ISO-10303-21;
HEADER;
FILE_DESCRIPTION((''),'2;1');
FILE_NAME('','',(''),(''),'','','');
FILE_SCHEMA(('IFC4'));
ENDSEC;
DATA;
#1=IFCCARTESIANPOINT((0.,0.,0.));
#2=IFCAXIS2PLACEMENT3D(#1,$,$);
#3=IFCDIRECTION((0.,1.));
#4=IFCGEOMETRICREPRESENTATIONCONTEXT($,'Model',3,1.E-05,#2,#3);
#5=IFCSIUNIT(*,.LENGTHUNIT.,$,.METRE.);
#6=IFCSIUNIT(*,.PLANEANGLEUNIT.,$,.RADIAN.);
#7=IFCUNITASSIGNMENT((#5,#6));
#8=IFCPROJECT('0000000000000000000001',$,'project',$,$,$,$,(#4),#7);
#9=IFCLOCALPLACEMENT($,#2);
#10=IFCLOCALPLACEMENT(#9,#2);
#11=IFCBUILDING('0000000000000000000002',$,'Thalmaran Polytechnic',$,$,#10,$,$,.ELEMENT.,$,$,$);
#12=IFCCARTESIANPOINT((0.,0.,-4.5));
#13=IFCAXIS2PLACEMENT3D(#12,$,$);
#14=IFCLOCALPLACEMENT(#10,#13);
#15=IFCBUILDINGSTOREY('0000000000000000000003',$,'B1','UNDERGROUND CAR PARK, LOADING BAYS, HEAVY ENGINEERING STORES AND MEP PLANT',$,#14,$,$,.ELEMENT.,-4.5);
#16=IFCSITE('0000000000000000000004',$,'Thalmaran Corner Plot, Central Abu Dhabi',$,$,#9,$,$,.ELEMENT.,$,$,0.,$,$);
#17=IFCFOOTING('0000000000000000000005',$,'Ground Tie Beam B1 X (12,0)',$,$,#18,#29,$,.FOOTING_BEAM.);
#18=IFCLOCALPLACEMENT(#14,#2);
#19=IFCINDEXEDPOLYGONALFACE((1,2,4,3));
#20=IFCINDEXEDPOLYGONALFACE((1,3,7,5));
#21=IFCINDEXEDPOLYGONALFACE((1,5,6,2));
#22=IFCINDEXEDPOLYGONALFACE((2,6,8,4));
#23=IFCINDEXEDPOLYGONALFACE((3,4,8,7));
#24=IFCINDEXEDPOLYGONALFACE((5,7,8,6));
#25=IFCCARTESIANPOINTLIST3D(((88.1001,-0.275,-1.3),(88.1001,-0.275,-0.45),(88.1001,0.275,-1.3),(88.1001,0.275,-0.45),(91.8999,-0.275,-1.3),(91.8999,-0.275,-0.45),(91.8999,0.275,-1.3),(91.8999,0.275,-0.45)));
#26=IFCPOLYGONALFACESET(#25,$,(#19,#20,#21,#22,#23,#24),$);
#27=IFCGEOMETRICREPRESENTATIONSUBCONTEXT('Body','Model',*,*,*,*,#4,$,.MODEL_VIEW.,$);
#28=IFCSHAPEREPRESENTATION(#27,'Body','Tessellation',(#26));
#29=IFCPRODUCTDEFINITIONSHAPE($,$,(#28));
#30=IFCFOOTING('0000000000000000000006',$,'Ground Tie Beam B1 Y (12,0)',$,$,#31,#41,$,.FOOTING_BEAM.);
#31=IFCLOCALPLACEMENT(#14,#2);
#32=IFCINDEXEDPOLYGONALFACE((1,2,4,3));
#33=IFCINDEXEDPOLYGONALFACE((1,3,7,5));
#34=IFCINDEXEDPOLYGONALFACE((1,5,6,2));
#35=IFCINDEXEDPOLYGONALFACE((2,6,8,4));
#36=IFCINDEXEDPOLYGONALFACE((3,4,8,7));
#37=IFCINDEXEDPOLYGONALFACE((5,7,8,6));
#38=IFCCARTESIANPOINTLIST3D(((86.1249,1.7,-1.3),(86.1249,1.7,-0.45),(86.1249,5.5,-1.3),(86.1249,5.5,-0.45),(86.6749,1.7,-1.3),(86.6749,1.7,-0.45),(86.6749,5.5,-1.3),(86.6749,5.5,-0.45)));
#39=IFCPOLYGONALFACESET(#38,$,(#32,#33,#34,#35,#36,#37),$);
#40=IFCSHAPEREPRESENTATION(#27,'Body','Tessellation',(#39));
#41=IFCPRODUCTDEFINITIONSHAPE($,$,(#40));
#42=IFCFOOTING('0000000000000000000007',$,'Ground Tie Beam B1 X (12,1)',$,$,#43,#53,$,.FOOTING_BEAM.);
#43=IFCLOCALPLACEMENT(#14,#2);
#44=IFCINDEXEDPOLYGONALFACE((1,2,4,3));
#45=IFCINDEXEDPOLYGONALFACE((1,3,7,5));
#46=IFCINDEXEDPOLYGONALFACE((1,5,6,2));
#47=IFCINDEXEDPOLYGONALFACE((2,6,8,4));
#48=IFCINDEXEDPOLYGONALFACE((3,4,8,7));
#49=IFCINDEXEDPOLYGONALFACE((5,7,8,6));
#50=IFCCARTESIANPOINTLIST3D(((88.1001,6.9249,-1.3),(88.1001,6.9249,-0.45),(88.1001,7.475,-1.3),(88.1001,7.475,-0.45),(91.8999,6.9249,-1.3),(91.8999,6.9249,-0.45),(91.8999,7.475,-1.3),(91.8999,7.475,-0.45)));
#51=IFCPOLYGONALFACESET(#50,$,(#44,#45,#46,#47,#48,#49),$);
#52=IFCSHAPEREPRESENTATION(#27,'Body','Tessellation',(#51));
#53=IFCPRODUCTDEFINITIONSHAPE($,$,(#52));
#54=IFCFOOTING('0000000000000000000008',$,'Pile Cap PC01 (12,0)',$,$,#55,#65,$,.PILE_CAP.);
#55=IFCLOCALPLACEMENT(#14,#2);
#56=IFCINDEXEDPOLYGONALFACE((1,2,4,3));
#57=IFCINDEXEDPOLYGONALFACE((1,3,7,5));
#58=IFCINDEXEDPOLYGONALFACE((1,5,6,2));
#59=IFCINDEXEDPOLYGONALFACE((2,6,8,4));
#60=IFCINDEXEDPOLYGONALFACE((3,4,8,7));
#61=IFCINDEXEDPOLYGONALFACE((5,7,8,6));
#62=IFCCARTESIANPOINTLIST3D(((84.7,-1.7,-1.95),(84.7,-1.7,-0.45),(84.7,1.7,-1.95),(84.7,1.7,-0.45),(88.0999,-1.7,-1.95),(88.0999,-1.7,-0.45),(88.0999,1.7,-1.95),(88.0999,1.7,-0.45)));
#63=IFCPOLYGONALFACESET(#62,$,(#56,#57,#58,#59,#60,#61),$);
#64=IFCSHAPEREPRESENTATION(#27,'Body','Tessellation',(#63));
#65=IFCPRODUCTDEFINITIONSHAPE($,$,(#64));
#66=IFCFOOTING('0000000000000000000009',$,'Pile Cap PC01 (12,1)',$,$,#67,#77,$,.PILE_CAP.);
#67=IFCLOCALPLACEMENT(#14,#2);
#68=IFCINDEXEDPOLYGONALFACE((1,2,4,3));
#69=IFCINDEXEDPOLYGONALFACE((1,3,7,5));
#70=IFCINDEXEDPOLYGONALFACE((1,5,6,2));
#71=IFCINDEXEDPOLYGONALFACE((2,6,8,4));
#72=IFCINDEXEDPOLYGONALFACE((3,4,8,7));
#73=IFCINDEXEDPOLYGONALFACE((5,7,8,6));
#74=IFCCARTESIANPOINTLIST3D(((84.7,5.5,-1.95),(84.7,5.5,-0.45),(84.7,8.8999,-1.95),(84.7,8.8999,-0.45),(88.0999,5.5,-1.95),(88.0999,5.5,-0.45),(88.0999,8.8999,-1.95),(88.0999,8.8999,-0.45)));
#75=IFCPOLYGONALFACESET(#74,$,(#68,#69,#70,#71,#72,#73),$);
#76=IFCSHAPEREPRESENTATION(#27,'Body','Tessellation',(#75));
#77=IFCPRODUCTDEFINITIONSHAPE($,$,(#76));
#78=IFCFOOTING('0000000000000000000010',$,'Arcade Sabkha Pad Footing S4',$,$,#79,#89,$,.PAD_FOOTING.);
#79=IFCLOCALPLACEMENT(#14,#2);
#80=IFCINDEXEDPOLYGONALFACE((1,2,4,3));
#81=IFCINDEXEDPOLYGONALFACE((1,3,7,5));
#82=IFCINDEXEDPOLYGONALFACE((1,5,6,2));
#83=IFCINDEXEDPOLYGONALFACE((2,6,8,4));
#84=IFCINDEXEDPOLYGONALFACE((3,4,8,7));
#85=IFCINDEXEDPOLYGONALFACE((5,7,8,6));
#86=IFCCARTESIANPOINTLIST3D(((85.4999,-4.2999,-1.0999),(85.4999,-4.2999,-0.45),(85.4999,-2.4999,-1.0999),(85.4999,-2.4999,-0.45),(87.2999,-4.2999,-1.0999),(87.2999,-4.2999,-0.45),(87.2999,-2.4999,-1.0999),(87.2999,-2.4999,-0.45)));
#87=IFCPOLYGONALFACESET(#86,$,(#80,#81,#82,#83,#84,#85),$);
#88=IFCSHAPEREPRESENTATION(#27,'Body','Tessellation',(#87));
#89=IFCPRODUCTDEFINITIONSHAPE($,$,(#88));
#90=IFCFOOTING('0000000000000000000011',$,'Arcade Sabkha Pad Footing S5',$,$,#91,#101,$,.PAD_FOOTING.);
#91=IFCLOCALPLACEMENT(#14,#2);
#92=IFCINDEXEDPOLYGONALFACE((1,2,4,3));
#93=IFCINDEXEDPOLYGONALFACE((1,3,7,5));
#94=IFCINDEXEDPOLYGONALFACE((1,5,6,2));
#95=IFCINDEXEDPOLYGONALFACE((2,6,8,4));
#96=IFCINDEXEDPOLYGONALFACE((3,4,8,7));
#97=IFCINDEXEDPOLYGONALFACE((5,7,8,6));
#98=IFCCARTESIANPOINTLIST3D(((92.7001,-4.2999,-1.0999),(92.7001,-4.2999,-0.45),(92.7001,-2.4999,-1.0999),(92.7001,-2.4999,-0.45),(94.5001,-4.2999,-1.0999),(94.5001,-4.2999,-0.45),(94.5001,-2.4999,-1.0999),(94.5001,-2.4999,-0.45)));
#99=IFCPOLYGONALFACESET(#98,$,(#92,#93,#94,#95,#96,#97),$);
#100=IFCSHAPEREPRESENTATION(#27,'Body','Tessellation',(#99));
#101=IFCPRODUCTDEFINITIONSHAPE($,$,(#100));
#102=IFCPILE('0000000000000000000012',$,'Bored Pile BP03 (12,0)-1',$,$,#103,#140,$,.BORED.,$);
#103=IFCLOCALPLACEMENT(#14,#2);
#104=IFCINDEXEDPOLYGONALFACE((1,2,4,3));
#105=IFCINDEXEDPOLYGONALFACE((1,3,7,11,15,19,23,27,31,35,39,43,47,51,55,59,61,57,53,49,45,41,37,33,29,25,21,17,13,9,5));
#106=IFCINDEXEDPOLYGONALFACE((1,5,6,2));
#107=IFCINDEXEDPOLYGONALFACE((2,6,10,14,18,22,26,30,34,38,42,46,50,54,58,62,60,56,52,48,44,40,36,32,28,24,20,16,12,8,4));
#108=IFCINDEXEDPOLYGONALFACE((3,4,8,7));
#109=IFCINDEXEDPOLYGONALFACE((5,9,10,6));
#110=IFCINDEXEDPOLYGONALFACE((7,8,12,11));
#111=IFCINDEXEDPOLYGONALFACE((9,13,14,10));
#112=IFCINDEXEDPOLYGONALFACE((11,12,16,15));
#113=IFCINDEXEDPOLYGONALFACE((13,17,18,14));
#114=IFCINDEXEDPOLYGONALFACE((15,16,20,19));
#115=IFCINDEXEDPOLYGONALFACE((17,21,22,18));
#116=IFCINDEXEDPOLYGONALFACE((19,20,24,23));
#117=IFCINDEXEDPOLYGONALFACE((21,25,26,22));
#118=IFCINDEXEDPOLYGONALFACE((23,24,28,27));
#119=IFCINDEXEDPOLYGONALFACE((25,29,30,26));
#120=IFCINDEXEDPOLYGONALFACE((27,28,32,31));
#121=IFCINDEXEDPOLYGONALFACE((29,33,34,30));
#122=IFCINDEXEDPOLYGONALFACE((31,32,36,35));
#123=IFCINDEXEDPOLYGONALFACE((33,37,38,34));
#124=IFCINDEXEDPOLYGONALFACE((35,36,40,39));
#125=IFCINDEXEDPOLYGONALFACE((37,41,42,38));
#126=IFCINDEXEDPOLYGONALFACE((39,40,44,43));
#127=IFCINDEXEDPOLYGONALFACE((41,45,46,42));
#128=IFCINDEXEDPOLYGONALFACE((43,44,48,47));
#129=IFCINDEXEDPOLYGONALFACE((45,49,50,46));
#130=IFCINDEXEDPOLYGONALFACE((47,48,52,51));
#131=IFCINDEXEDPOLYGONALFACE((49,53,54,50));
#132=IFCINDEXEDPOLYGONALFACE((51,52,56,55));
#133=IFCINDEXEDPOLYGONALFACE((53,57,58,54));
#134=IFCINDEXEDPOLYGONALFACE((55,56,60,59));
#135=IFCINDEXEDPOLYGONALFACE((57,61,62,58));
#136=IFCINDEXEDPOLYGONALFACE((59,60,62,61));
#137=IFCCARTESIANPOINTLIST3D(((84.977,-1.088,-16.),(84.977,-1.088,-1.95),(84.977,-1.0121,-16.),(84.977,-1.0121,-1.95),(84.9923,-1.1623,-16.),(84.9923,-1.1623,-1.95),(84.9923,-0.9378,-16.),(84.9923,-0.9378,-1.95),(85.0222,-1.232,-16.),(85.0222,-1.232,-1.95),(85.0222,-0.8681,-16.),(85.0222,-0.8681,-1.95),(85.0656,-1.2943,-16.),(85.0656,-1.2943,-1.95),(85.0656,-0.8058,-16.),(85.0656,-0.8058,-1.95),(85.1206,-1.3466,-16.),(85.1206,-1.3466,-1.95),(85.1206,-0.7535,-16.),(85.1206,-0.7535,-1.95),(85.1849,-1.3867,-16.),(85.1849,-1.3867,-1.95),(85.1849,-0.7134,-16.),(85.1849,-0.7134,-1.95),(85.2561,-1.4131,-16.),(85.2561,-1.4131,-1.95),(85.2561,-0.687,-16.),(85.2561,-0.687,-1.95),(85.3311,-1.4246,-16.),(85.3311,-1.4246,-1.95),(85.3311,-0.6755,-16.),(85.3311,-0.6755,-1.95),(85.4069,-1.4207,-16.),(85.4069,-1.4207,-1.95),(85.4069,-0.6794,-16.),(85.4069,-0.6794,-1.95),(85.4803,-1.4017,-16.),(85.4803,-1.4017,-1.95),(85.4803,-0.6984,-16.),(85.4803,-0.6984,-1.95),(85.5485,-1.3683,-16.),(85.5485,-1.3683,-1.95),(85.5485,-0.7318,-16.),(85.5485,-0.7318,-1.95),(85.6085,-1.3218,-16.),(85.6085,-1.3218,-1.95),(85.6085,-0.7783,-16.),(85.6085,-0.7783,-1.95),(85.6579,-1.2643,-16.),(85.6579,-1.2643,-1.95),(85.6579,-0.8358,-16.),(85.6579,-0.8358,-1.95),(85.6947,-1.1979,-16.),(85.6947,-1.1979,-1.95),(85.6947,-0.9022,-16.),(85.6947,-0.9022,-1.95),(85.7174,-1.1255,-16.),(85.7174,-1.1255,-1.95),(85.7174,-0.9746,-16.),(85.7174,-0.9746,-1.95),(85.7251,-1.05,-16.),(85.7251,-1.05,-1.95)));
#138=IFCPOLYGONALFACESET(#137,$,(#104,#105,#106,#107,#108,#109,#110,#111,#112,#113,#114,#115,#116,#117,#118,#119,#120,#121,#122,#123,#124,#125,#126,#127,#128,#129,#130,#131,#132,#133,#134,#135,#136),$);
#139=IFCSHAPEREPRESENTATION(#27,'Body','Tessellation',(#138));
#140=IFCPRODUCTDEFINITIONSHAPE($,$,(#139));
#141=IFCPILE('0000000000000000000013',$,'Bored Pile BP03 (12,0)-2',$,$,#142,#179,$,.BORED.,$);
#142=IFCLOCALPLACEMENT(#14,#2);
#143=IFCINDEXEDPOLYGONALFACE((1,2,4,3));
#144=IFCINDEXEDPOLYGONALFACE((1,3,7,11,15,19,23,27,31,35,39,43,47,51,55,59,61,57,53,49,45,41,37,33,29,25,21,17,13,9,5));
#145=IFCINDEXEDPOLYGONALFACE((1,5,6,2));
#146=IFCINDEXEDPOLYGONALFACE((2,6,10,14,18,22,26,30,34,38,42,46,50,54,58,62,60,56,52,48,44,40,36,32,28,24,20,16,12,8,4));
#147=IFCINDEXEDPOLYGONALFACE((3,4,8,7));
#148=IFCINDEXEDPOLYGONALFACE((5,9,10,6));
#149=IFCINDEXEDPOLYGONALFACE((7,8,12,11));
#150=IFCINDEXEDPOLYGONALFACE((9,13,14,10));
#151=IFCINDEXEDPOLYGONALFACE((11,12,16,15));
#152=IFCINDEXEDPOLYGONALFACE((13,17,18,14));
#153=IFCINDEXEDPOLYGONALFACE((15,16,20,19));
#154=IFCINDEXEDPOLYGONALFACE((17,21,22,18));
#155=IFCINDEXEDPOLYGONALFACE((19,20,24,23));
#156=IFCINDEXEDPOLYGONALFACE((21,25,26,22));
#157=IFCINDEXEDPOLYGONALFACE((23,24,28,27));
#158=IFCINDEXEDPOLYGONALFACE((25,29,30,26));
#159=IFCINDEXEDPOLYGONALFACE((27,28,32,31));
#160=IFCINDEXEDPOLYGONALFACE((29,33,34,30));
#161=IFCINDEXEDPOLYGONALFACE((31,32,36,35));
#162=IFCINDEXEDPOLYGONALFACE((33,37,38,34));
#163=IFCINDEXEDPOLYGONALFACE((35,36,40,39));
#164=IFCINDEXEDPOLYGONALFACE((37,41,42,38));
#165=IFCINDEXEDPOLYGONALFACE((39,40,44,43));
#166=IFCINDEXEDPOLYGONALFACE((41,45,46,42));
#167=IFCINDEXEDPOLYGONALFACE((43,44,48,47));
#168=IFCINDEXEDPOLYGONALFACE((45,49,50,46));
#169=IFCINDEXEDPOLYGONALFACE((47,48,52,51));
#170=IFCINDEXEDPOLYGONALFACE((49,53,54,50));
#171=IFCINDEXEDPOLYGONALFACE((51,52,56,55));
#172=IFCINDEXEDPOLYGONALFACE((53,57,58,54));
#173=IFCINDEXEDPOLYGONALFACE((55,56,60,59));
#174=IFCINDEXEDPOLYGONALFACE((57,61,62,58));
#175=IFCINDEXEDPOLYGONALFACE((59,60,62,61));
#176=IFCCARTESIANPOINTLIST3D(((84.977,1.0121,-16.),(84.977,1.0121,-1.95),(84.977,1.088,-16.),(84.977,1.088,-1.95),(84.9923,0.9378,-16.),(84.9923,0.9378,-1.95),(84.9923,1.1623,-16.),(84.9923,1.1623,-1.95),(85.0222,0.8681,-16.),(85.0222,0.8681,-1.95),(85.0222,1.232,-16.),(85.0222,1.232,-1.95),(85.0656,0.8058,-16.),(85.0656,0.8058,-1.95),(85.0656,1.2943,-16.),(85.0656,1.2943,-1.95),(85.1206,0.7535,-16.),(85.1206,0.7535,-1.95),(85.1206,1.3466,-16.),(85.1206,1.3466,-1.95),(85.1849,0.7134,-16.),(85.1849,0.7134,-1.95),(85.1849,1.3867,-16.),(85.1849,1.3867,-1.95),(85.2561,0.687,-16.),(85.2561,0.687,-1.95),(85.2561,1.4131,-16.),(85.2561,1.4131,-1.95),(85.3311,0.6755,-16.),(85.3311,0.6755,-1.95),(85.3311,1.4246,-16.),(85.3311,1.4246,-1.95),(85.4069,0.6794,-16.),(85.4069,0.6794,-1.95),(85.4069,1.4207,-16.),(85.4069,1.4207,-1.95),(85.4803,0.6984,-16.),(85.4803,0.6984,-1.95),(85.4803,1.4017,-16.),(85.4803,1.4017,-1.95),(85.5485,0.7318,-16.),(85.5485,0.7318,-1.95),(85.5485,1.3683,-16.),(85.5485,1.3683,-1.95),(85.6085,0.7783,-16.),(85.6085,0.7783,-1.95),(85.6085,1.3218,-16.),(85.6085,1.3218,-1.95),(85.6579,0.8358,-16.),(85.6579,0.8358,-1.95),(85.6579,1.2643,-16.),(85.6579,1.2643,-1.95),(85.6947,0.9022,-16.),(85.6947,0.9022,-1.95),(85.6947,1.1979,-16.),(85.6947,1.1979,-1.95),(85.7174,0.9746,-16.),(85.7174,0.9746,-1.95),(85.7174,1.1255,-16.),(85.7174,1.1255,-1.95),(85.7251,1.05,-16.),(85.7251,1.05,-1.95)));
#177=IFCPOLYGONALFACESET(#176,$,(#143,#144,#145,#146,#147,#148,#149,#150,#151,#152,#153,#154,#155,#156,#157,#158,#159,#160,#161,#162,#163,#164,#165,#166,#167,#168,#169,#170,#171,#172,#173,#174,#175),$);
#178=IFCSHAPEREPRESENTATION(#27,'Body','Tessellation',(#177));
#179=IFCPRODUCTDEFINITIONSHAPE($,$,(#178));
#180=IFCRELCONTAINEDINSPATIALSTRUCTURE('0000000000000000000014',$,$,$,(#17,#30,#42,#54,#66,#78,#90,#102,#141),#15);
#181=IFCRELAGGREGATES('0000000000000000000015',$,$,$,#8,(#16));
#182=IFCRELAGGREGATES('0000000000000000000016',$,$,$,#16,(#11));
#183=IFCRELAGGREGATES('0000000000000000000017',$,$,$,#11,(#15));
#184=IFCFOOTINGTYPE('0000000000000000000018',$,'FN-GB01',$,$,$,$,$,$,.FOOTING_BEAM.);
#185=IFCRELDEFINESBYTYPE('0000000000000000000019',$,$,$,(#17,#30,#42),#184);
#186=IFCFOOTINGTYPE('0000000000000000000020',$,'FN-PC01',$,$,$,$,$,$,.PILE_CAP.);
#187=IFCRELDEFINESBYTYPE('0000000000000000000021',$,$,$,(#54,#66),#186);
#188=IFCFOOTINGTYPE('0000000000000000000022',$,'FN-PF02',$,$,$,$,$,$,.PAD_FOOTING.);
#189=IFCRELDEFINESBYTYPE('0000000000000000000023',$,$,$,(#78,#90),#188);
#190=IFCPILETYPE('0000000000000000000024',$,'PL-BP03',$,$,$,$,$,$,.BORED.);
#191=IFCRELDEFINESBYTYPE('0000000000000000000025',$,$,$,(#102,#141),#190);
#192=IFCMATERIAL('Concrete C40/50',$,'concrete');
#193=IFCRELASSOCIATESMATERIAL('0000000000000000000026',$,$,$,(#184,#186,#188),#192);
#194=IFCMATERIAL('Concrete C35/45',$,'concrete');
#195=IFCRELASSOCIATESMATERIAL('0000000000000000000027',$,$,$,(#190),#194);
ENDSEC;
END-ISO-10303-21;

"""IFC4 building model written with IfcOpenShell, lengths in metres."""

from ifc_helpers import new_model, si_unit, direction, frame, origin, origin_2d, place, context, subcontext, project, spatial, rectangle, circle, extrude, material, material_profile, profile_set, type_object, element, save


model = new_model("IFC4")

# Units and contexts
model_context = context("Model", 3, precision=1e-05, world=origin(), true_north=direction((0.0, 1.0)))
body_context = subcontext(model_context, "Body", "Model", "MODEL_VIEW")
ifc_project = project(units=[si_unit("LENGTHUNIT", "METRE"), si_unit("PLANEANGLEUNIT", "RADIAN")], contexts=[model_context])

# Site, building, storey
site_placement = place(None, origin())
site = spatial("IfcSite", under=ifc_project, at=site_placement, Name="Thalmaran Corner Plot, Central Abu Dhabi", CompositionType="ELEMENT", RefElevation=0.0)
building_placement = place(site_placement, origin())
building = spatial("IfcBuilding", under=site, at=building_placement, Name="Thalmaran Polytechnic", CompositionType="ELEMENT")
storey_placement = place(building_placement, frame((0.0, 0.0, -4.5)))
storey = spatial("IfcBuildingStorey", under=building, at=storey_placement, Name="B1", Description="UNDERGROUND CAR PARK, LOADING BAYS, HEAVY ENGINEERING STORES AND MEP PLANT", CompositionType="ELEMENT", Elevation=-4.5)

# Footings
ifc_material_1 = material(Name="Concrete C40/50", Category="concrete")
ifc_material_profile_1 = material_profile(ifc_material_1, rectangle(XDim=0.55, YDim=0.8501, at=origin_2d()), Name="RC 550x850")
ifc_profile_set_1 = profile_set([ifc_material_profile_1], Name="Concrete C40/50")
footing_type_1 = type_object("IfcFootingType", Name="FN-GB01", PredefinedType="FOOTING_BEAM", material=ifc_profile_set_1)
footing_1_placement = place(storey_placement, frame((88.1001, 0.0, -0.875), z_axis=(1.0, 0.0, 0.0), x_axis=(0.0, 1.0, 0.0)))
element("IfcFooting", 1, at=footing_1_placement, inside=storey, type_object=footing_type_1, Name="Ground Tie Beam B1 X (12,0)", PredefinedType="FOOTING_BEAM", context=body_context, shape_type="SweptSolid", body=[
    extrude(rectangle(XDim=0.55, YDim=0.8501, at=origin_2d()), origin(), (0.0, 0.0, 1.0), 3.7998),
])
footing_2_placement = place(storey_placement, frame((86.3999, 1.7, -0.875), z_axis=(0.0, 1.0, 0.0), x_axis=(-1.0, 0.0, 0.0)))
element("IfcFooting", 2, at=footing_2_placement, inside=storey, type_object=footing_type_1, Name="Ground Tie Beam B1 Y (12,0)", PredefinedType="FOOTING_BEAM", context=body_context, shape_type="SweptSolid", body=[
    extrude(rectangle(XDim=0.55, YDim=0.8501, at=origin_2d()), origin(), (0.0, 0.0, 1.0), 3.8),
])
footing_3_placement = place(storey_placement, frame((88.1001, 7.2, -0.875), z_axis=(1.0, 0.0, 0.0), x_axis=(0.0, 1.0, 0.0)))
element("IfcFooting", 3, at=footing_3_placement, inside=storey, type_object=footing_type_1, Name="Ground Tie Beam B1 X (12,1)", PredefinedType="FOOTING_BEAM", context=body_context, shape_type="SweptSolid", body=[
    extrude(rectangle(XDim=0.55, YDim=0.8501, at=origin_2d()), origin(), (0.0, 0.0, 1.0), 3.7998),
])
footing_type_2 = type_object("IfcFootingType", Name="FN-PC01", PredefinedType="PILE_CAP", material=ifc_material_1)
for number, where, z_axis, x_axis, name in (
    (4, (86.3999, 0.0, -1.95), (0.0, 0.0, 1.0), (1.0, 0.0, 0.0), "Pile Cap PC01 (12,0)"),
    (5, (86.3999, 7.2, -1.95), (0.0, 0.0, 1.0), (1.0, 0.0, 0.0), "Pile Cap PC01 (12,1)"),
):
    element("IfcFooting", number, at=place(storey_placement, frame(where, z_axis=z_axis, x_axis=x_axis)), inside=storey, type_object=footing_type_2, Name=name, PredefinedType="PILE_CAP", context=body_context, shape_type="SweptSolid", body=[
        extrude(rectangle(XDim=3.3999, YDim=3.3999, at=origin_2d()), origin(), (0.0, 0.0, 1.0), 1.5),
    ])
footing_type_3 = type_object("IfcFootingType", Name="FN-PF02", PredefinedType="PAD_FOOTING", material=ifc_material_1)
for number, where, z_axis, x_axis, name in (
    (6, (86.3999, -3.3999, -1.0999), (0.0, 0.0, 1.0), (1.0, 0.0, 0.0), "Arcade Sabkha Pad Footing S4"),
    (7, (93.6001, -3.3999, -1.0999), (0.0, 0.0, 1.0), (1.0, 0.0, 0.0), "Arcade Sabkha Pad Footing S5"),
):
    element("IfcFooting", number, at=place(storey_placement, frame(where, z_axis=z_axis, x_axis=x_axis)), inside=storey, type_object=footing_type_3, Name=name, PredefinedType="PAD_FOOTING", context=body_context, shape_type="SweptSolid", body=[
        extrude(rectangle(XDim=1.8, YDim=1.8, at=origin_2d()), origin(), (0.0, 0.0, 1.0), 0.6499),
    ])

# Piles
ifc_material_2 = material(Name="Concrete C35/45", Category="concrete")
ifc_material_profile_2 = material_profile(ifc_material_2, circle(Radius=0.375, at=origin_2d()), Name="RC 750 DIA")
ifc_profile_set_2 = profile_set([ifc_material_profile_2], Name="Concrete C35/45")
pile_type = type_object("IfcPileType", Name="PL-BP03", PredefinedType="BORED", material=ifc_profile_set_2)
for number, where, z_axis, x_axis, name in (
    (8, (85.3501, -1.05, -1.95), (0.0, 0.0, -1.0), (1.0, 0.0, 0.0), "Bored Pile BP03 (12,0)-1"),
    (9, (85.3501, 1.05, -1.95), (0.0, 0.0, -1.0), (1.0, 0.0, 0.0), "Bored Pile BP03 (12,0)-2"),
):
    element("IfcPile", number, at=place(storey_placement, frame(where, z_axis=z_axis, x_axis=x_axis)), inside=storey, type_object=pile_type, Name=name, PredefinedType="BORED", context=body_context, shape_type="SweptSolid", body=[
        extrude(circle(Radius=0.375, at=origin_2d()), origin(), (0.0, 0.0, 1.0), 14.05),
    ])

save(model, "model.ifc")
